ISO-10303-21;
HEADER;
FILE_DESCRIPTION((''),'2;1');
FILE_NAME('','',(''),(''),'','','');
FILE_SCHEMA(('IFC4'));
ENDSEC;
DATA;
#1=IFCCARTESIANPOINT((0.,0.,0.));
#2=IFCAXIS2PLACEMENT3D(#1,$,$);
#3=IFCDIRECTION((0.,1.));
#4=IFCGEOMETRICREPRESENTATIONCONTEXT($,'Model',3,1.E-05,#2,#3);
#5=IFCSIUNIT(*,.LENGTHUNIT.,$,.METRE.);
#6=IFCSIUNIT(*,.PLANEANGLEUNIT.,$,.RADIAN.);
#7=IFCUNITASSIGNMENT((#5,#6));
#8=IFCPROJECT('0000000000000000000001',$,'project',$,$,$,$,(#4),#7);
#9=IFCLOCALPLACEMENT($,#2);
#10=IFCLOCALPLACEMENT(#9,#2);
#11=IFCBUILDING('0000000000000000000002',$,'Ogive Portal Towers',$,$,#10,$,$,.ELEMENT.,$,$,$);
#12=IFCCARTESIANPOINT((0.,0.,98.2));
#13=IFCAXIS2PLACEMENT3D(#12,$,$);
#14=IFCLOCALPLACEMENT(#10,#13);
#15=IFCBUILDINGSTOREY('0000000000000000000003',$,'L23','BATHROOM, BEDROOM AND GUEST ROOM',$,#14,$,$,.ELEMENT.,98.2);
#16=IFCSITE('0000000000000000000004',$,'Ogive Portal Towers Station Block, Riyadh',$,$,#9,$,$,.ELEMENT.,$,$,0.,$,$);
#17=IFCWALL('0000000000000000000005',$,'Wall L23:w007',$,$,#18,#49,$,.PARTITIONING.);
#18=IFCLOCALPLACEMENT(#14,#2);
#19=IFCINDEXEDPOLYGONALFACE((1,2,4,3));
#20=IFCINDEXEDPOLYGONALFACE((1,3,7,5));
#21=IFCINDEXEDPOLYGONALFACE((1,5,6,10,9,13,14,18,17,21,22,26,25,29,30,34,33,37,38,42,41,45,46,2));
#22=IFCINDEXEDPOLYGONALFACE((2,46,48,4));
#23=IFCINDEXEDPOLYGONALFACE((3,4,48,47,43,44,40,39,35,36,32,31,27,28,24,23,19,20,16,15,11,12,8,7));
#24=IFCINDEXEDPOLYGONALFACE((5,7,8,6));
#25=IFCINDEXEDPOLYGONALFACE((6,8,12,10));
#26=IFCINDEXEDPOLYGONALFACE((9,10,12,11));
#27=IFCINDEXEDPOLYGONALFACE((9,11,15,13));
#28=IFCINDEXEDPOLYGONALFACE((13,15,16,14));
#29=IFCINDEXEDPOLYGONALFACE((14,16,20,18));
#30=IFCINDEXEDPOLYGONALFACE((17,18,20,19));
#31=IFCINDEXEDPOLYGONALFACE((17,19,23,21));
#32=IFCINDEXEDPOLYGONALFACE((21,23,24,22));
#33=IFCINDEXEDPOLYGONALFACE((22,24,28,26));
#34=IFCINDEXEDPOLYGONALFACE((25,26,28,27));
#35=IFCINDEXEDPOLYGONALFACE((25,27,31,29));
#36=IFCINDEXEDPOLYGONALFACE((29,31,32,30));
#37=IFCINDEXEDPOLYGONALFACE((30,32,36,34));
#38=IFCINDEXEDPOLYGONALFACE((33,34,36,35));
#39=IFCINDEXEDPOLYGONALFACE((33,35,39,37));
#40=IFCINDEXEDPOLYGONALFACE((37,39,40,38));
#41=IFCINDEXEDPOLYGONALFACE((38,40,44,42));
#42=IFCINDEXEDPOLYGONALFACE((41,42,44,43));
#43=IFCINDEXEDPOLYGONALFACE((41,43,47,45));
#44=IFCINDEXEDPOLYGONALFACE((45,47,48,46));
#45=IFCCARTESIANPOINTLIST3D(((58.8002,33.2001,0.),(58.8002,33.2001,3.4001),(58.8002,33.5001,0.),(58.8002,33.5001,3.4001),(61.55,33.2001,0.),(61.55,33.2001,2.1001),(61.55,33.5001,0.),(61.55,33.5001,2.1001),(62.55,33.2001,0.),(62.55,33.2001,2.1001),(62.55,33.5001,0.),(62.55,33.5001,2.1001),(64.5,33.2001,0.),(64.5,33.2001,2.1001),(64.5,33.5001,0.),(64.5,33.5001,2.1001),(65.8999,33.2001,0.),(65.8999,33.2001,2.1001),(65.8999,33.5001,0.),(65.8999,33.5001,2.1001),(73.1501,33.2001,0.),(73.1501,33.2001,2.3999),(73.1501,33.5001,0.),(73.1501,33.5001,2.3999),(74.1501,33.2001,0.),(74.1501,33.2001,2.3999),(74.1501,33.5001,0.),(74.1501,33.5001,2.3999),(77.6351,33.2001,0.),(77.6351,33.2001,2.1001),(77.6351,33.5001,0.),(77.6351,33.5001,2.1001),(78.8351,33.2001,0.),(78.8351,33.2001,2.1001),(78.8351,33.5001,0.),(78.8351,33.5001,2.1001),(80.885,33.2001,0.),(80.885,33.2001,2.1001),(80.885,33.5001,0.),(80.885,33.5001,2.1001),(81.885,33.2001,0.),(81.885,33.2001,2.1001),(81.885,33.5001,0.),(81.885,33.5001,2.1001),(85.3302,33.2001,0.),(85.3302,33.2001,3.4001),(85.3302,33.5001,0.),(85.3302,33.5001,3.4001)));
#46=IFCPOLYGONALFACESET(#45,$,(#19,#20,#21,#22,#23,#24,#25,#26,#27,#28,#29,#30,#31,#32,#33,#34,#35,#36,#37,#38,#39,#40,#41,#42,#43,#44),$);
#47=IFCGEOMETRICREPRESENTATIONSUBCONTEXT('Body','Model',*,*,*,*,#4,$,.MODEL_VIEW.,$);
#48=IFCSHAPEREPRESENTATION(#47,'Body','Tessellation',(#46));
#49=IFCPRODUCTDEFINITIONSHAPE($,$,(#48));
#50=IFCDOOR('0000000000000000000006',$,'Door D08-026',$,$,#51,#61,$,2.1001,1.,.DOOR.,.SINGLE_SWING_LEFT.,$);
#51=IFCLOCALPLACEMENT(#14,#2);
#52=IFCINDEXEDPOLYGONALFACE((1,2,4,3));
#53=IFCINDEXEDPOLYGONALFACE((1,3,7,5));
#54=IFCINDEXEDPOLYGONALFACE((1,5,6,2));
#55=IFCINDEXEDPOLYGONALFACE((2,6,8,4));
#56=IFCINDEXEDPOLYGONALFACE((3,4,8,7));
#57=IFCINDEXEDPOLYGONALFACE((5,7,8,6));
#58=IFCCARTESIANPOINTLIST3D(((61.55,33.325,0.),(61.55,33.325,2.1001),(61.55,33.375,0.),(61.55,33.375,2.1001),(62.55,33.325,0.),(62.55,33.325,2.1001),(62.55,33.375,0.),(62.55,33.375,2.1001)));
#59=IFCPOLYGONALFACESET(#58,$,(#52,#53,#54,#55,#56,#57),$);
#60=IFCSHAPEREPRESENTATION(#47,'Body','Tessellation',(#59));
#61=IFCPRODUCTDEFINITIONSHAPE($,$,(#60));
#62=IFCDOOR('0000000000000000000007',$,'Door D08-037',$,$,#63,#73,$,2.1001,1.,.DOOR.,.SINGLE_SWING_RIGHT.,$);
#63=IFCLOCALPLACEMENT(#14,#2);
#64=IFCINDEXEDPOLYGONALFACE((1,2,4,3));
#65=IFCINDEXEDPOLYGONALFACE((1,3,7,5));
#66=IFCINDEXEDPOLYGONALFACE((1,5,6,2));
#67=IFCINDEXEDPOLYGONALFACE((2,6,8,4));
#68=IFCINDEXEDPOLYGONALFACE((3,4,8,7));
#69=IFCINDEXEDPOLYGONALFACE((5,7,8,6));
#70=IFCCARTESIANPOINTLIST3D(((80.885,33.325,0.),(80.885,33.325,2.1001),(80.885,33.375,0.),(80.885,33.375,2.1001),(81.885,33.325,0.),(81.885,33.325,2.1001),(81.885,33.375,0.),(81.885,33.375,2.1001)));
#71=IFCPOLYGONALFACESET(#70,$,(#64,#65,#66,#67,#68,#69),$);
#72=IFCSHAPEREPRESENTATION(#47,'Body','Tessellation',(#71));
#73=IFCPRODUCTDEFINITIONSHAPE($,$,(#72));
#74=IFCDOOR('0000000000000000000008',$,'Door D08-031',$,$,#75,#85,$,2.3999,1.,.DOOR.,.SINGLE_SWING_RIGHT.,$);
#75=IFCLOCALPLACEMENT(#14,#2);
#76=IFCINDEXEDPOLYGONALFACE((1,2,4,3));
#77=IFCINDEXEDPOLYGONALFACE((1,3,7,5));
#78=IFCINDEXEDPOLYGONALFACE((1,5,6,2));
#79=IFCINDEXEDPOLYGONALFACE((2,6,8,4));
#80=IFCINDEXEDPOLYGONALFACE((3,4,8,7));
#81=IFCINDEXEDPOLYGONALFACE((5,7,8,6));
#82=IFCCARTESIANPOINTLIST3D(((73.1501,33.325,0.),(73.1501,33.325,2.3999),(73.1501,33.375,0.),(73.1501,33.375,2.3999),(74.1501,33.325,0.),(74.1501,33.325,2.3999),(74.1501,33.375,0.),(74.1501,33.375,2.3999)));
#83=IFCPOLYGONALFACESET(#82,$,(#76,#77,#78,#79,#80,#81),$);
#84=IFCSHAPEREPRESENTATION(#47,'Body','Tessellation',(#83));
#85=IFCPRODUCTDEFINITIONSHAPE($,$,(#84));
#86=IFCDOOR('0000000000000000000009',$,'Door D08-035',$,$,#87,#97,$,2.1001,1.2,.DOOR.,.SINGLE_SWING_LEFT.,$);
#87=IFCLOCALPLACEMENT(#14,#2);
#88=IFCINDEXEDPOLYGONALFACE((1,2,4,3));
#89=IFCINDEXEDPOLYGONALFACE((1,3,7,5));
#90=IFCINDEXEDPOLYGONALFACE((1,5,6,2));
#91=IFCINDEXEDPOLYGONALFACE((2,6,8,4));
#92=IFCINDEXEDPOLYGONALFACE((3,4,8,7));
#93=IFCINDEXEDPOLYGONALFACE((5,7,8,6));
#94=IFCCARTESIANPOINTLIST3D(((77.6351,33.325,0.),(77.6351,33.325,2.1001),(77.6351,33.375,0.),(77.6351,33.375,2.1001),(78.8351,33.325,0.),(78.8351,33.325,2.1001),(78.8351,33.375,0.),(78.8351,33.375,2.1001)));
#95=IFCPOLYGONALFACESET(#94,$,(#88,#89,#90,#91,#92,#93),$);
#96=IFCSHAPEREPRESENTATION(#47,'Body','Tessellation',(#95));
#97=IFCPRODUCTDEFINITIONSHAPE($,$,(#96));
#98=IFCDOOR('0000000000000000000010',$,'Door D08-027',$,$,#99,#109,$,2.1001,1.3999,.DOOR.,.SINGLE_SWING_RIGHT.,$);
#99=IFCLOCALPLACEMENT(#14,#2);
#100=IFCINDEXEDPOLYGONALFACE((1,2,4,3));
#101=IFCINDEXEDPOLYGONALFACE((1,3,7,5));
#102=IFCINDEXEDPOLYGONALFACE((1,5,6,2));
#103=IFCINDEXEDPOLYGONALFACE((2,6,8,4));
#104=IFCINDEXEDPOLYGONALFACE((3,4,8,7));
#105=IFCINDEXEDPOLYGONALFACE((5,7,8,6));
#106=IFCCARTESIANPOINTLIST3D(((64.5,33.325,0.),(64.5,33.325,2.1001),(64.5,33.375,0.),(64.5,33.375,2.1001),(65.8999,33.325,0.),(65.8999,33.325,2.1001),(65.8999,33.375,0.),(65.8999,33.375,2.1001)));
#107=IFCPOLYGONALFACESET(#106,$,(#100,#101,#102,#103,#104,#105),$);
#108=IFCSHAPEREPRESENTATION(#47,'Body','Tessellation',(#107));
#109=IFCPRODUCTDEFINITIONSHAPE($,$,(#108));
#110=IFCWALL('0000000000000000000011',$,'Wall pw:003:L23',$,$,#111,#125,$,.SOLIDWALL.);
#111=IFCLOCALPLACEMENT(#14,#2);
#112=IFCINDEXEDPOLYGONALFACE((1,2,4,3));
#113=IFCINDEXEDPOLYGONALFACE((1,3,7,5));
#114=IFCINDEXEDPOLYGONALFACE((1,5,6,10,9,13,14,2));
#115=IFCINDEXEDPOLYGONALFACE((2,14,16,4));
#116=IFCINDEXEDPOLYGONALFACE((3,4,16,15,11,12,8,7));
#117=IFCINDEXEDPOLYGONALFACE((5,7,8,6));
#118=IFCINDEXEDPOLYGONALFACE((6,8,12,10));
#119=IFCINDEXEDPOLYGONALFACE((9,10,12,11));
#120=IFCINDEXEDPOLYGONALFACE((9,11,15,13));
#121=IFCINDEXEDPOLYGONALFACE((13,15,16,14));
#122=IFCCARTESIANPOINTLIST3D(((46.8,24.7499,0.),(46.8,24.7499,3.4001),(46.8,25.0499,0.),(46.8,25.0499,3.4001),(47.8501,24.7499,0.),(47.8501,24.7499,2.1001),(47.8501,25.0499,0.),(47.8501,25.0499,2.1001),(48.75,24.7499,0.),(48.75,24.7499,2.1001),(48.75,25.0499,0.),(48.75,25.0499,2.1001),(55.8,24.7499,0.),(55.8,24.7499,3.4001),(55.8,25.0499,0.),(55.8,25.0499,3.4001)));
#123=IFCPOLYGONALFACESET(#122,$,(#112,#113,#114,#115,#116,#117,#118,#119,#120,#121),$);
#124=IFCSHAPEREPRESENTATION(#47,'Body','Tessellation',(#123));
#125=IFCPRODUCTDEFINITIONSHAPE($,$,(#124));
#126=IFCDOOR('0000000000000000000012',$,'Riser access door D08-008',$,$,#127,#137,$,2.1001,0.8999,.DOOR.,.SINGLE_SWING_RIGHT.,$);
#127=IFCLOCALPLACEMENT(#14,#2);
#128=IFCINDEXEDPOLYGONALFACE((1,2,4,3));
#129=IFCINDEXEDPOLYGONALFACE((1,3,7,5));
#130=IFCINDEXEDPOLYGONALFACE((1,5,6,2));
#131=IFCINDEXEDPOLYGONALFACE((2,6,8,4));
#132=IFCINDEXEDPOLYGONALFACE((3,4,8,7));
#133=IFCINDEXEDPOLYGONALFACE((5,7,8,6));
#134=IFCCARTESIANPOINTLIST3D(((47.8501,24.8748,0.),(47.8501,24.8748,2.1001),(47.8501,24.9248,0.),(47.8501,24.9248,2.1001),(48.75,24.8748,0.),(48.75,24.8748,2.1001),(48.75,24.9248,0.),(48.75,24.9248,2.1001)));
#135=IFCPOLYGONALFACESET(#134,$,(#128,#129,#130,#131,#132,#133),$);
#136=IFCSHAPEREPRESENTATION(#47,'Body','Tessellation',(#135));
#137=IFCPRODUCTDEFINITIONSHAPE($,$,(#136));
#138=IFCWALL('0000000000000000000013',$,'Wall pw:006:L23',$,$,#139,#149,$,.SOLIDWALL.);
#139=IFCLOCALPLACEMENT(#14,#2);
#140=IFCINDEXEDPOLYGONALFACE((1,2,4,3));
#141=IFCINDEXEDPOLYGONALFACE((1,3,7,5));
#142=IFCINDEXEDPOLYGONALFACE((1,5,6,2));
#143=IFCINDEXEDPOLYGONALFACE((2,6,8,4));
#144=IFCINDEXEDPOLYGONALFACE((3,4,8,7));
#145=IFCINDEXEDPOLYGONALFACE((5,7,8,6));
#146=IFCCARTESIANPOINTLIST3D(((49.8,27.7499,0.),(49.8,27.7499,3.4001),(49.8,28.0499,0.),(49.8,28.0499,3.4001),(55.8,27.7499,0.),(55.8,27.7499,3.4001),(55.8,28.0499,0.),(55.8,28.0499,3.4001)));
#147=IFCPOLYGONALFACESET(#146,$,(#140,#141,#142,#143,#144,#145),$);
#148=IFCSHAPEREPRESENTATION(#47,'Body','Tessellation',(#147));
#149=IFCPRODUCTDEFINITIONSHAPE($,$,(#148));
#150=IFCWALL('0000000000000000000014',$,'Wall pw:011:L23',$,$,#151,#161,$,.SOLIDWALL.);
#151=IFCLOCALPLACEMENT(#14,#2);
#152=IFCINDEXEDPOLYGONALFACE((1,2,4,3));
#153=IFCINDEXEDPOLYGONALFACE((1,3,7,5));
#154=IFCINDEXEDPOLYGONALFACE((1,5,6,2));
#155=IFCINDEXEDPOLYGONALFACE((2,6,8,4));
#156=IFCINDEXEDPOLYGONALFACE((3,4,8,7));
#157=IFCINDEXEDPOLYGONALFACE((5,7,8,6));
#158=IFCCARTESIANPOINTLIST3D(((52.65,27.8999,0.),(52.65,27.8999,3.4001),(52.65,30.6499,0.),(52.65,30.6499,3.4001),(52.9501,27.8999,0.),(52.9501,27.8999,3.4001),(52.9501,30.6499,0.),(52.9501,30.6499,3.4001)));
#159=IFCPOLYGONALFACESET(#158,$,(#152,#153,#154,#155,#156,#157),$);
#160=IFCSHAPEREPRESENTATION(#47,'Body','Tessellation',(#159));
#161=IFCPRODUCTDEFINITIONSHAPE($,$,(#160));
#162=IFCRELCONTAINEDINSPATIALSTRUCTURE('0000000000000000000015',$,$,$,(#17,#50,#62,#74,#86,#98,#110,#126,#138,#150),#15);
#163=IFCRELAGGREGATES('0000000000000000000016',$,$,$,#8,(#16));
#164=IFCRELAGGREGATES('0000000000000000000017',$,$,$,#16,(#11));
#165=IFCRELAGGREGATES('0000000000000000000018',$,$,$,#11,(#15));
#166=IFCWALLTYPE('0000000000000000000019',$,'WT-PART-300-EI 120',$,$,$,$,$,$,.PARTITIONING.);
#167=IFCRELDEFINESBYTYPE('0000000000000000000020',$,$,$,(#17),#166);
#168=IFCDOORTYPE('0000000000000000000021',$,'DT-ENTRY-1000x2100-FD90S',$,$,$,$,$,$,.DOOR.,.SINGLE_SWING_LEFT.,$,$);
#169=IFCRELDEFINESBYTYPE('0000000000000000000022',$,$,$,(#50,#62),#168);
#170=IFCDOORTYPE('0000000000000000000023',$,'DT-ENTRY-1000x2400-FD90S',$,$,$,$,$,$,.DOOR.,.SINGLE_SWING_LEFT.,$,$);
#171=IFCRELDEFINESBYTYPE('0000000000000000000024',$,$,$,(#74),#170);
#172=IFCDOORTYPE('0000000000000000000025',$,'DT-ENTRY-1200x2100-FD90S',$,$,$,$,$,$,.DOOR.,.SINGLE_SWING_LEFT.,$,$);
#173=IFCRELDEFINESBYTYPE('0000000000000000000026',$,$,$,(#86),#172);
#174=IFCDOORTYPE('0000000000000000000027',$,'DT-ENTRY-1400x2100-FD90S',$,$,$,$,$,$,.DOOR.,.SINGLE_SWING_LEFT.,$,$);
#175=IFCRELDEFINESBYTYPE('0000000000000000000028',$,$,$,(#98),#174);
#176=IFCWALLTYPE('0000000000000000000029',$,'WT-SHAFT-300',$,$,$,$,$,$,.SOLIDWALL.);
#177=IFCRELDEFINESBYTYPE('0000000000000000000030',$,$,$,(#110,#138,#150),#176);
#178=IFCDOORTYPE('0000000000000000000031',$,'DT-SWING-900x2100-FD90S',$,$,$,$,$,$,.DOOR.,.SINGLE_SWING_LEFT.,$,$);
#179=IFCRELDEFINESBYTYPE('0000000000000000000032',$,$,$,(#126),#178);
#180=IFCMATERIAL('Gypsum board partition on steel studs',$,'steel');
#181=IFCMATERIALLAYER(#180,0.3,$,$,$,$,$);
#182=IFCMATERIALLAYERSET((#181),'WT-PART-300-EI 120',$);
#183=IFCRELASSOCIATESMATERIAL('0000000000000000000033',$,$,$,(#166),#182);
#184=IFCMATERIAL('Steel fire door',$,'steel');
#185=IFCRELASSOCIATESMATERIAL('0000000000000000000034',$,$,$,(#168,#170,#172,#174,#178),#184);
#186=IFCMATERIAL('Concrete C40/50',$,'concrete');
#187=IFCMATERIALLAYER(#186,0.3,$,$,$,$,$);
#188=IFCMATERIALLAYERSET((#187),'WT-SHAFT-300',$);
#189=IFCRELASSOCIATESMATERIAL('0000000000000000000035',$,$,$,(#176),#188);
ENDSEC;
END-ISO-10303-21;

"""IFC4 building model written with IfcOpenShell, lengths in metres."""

from ifc_helpers import new_model, si_unit, direction, frame, frame_2d, origin, place, context, subcontext, project, spatial, rectangle, extrude, material, layer, layer_set, type_object, element, fill, save


model = new_model("IFC4")

# Units and contexts
model_context = context("Model", 3, precision=1e-05, world=origin(), true_north=direction((0.0, 1.0)))
body_context = subcontext(model_context, "Body", "Model", "MODEL_VIEW")
ifc_project = project(units=[si_unit("LENGTHUNIT", "METRE"), si_unit("PLANEANGLEUNIT", "RADIAN")], contexts=[model_context])

# Site, building, storey
site_placement = place(None, origin())
site = spatial("IfcSite", under=ifc_project, at=site_placement, Name="Ogive Portal Towers Station Block, Riyadh", CompositionType="ELEMENT", RefElevation=0.0)
building_placement = place(site_placement, origin())
building = spatial("IfcBuilding", under=site, at=building_placement, Name="Ogive Portal Towers", CompositionType="ELEMENT")
storey_placement = place(building_placement, frame((0.0, 0.0, 98.2)))
storey = spatial("IfcBuildingStorey", under=building, at=storey_placement, Name="L23", Description="BATHROOM, BEDROOM AND GUEST ROOM", CompositionType="ELEMENT", Elevation=98.2)

# Shared definitions
ifc_material_1 = material(Name="Gypsum board partition on steel studs", Category="steel")
ifc_material_2 = material(Name="Steel fire door", Category="steel")

# Wall, openings, doors
ifc_layer_1 = layer(ifc_material_1, 0.3)
ifc_layer_set_1 = layer_set([ifc_layer_1], Name="WT-PART-300-EI 120")
wall_type_1 = type_object("IfcWallType", Name="WT-PART-300-EI 120", PredefinedType="PARTITIONING", material=ifc_layer_set_1)
door_type_1 = type_object("IfcDoorType", Name="DT-ENTRY-1000x2100-FD90S", OperationType="SINGLE_SWING_LEFT", PredefinedType="DOOR", material=ifc_material_2)
door_type_2 = type_object("IfcDoorType", Name="DT-ENTRY-1000x2400-FD90S", OperationType="SINGLE_SWING_LEFT", PredefinedType="DOOR", material=ifc_material_2)
door_type_3 = type_object("IfcDoorType", Name="DT-ENTRY-1200x2100-FD90S", OperationType="SINGLE_SWING_LEFT", PredefinedType="DOOR", material=ifc_material_2)
wall_1_placement = place(storey_placement, frame((58.8, 33.3501, 0.0), z_axis=(0.0, 0.0, 1.0), x_axis=(1.0, 0.0, 0.0)))
wall_1 = element("IfcWall", 1, at=wall_1_placement, inside=storey, type_object=wall_type_1, Name="Wall L23:w007", PredefinedType="PARTITIONING", context=body_context, shape_type="SweptSolid", body=[
    extrude(rectangle(XDim=26.53, YDim=0.3, at=frame_2d((13.2651, 0.0))), origin(), (0.0, 0.0, 1.0), 3.4001),
])
opening_1_placement = place(wall_1_placement, frame((2.75, 0.0, 0.0)))
opening_1 = element("IfcOpeningElement", 2, at=opening_1_placement, cuts=wall_1, PredefinedType="OPENING", context=body_context, shape_type="SweptSolid", body=[
    extrude(rectangle(XDim=1.0, YDim=2.1001, at=frame_2d((0.5, 1.05))), frame((0.0, 0.1602, 0.0), z_axis=(0.0, -1.0, 0.0), x_axis=(1.0, 0.0, 0.0)), (0.0, 0.0, 1.0), 0.3201),
])
opening_2_placement = place(wall_1_placement, frame((5.7, 0.0, 0.0)))
opening_2 = element("IfcOpeningElement", 3, at=opening_2_placement, cuts=wall_1, PredefinedType="OPENING", context=body_context, shape_type="SweptSolid", body=[
    extrude(rectangle(XDim=1.3999, YDim=2.1001, at=frame_2d((0.7, 1.05))), frame((0.0, 0.1602, 0.0), z_axis=(0.0, -1.0, 0.0), x_axis=(1.0, 0.0, 0.0)), (0.0, 0.0, 1.0), 0.3201),
])
opening_3_placement = place(wall_1_placement, frame((14.3501, 0.0, 0.0)))
opening_3 = element("IfcOpeningElement", 4, at=opening_3_placement, cuts=wall_1, PredefinedType="OPENING", context=body_context, shape_type="SweptSolid", body=[
    extrude(rectangle(XDim=1.0, YDim=2.3999, at=frame_2d((0.5, 1.2))), frame((0.0, 0.1602, 0.0), z_axis=(0.0, -1.0, 0.0), x_axis=(1.0, 0.0, 0.0)), (0.0, 0.0, 1.0), 0.3201),
])
opening_4_placement = place(wall_1_placement, frame((18.835, 0.0, 0.0)))
opening_4 = element("IfcOpeningElement", 5, at=opening_4_placement, cuts=wall_1, PredefinedType="OPENING", context=body_context, shape_type="SweptSolid", body=[
    extrude(rectangle(XDim=1.2, YDim=2.1001, at=frame_2d((0.6001, 1.05))), frame((0.0, 0.1602, 0.0), z_axis=(0.0, -1.0, 0.0), x_axis=(1.0, 0.0, 0.0)), (0.0, 0.0, 1.0), 0.3201),
])
opening_5_placement = place(wall_1_placement, frame((22.085, 0.0, 0.0)))
opening_5 = element("IfcOpeningElement", 6, at=opening_5_placement, cuts=wall_1, PredefinedType="OPENING", context=body_context, shape_type="SweptSolid", body=[
    extrude(rectangle(XDim=1.0, YDim=2.1001, at=frame_2d((0.5, 1.05))), frame((0.0, 0.1602, 0.0), z_axis=(0.0, -1.0, 0.0), x_axis=(1.0, 0.0, 0.0)), (0.0, 0.0, 1.0), 0.3201),
])
door_1_placement = place(opening_1_placement, origin())
door_1 = element("IfcDoor", 7, at=door_1_placement, inside=storey, type_object=door_type_1, Name="Door D08-026", OperationType="SINGLE_SWING_LEFT", OverallHeight=2.1001, OverallWidth=1.0, PredefinedType="DOOR", context=body_context, shape_type="SweptSolid", body=[
    extrude(rectangle(XDim=1.0, YDim=2.1001, at=frame_2d((0.5, 1.05))), frame((0.0, 0.0249, 0.0), z_axis=(0.0, -1.0, 0.0), x_axis=(1.0, 0.0, 0.0)), (0.0, 0.0, 1.0), 0.05),
])
fill(opening_1, door_1)
door_2_placement = place(opening_5_placement, origin())
door_2 = element("IfcDoor", 8, at=door_2_placement, inside=storey, type_object=door_type_1, Name="Door D08-037", OperationType="SINGLE_SWING_RIGHT", OverallHeight=2.1001, OverallWidth=1.0, PredefinedType="DOOR", context=body_context, shape_type="SweptSolid", body=[
    extrude(rectangle(XDim=1.0, YDim=2.1001, at=frame_2d((0.5, 1.05))), frame((0.0, 0.0249, 0.0), z_axis=(0.0, -1.0, 0.0), x_axis=(1.0, 0.0, 0.0)), (0.0, 0.0, 1.0), 0.05),
])
fill(opening_5, door_2)
door_3_placement = place(opening_3_placement, origin())
door_3 = element("IfcDoor", 9, at=door_3_placement, inside=storey, type_object=door_type_2, Name="Door D08-031", OperationType="SINGLE_SWING_RIGHT", OverallHeight=2.3999, OverallWidth=1.0, PredefinedType="DOOR", context=body_context, shape_type="SweptSolid", body=[
    extrude(rectangle(XDim=1.0, YDim=2.3999, at=frame_2d((0.5, 1.2))), frame((0.0, 0.0249, 0.0), z_axis=(0.0, -1.0, 0.0), x_axis=(1.0, 0.0, 0.0)), (0.0, 0.0, 1.0), 0.05),
])
fill(opening_3, door_3)
door_4_placement = place(opening_4_placement, origin())
door_4 = element("IfcDoor", 10, at=door_4_placement, inside=storey, type_object=door_type_3, Name="Door D08-035", OperationType="SINGLE_SWING_LEFT", OverallHeight=2.1001, OverallWidth=1.2, PredefinedType="DOOR", context=body_context, shape_type="SweptSolid", body=[
    extrude(rectangle(XDim=1.2, YDim=2.1001, at=frame_2d((0.6001, 1.05))), frame((0.0, 0.0249, 0.0), z_axis=(0.0, -1.0, 0.0), x_axis=(1.0, 0.0, 0.0)), (0.0, 0.0, 1.0), 0.05),
])
fill(opening_4, door_4)
door_type_4 = type_object("IfcDoorType", Name="DT-ENTRY-1400x2100-FD90S", OperationType="SINGLE_SWING_LEFT", PredefinedType="DOOR", material=ifc_material_2)
door_5_placement = place(opening_2_placement, origin())
door_5 = element("IfcDoor", 11, at=door_5_placement, inside=storey, type_object=door_type_4, Name="Door D08-027", OperationType="SINGLE_SWING_RIGHT", OverallHeight=2.1001, OverallWidth=1.3999, PredefinedType="DOOR", context=body_context, shape_type="SweptSolid", body=[
    extrude(rectangle(XDim=1.3999, YDim=2.1001, at=frame_2d((0.7, 1.05))), frame((0.0, 0.0249, 0.0), z_axis=(0.0, -1.0, 0.0), x_axis=(1.0, 0.0, 0.0)), (0.0, 0.0, 1.0), 0.05),
])
fill(opening_2, door_5)

# Wall, opening, door
ifc_material_3 = material(Name="Concrete C40/50", Category="concrete")
ifc_layer_2 = layer(ifc_material_3, 0.3)
ifc_layer_set_2 = layer_set([ifc_layer_2], Name="WT-SHAFT-300")
wall_type_2 = type_object("IfcWallType", Name="WT-SHAFT-300", PredefinedType="SOLIDWALL", material=ifc_layer_set_2)
wall_2_placement = place(storey_placement, frame((46.8, 24.8999, 0.0), z_axis=(0.0, 0.0, 1.0), x_axis=(1.0, 0.0, 0.0)))
wall_2 = element("IfcWall", 12, at=wall_2_placement, inside=storey, type_object=wall_type_2, Name="Wall pw:003:L23", PredefinedType="SOLIDWALL", context=body_context, shape_type="SweptSolid", body=[
    extrude(rectangle(XDim=9.0, YDim=0.3, at=frame_2d((4.5, 0.0))), origin(), (0.0, 0.0, 1.0), 3.4001),
])
opening_6_placement = place(wall_2_placement, frame((1.05, 0.0, 0.0)))
opening_6 = element("IfcOpeningElement", 13, at=opening_6_placement, cuts=wall_2, PredefinedType="OPENING", context=body_context, shape_type="SweptSolid", body=[
    extrude(rectangle(XDim=0.8999, YDim=2.1001, at=frame_2d((0.45, 1.05))), frame((0.0, 0.1602, 0.0), z_axis=(0.0, -1.0, 0.0), x_axis=(1.0, 0.0, 0.0)), (0.0, 0.0, 1.0), 0.3201),
])
door_type_5 = type_object("IfcDoorType", Name="DT-SWING-900x2100-FD90S", OperationType="SINGLE_SWING_LEFT", PredefinedType="DOOR", material=ifc_material_2)
door_6_placement = place(opening_6_placement, origin())
door_6 = element("IfcDoor", 14, at=door_6_placement, inside=storey, type_object=door_type_5, Name="Riser access door D08-008", OperationType="SINGLE_SWING_RIGHT", OverallHeight=2.1001, OverallWidth=0.8999, PredefinedType="DOOR", context=body_context, shape_type="SweptSolid", body=[
    extrude(rectangle(XDim=0.8999, YDim=2.1001, at=frame_2d((0.45, 1.05))), frame((0.0, 0.0249, 0.0), z_axis=(0.0, -1.0, 0.0), x_axis=(1.0, 0.0, 0.0)), (0.0, 0.0, 1.0), 0.05),
])
fill(opening_6, door_6)

# Walls
wall_3_placement = place(storey_placement, frame((49.8, 27.8999, 0.0), z_axis=(0.0, 0.0, 1.0), x_axis=(1.0, 0.0, 0.0)))
element("IfcWall", 15, at=wall_3_placement, inside=storey, type_object=wall_type_2, Name="Wall pw:006:L23", PredefinedType="SOLIDWALL", context=body_context, shape_type="SweptSolid", body=[
    extrude(rectangle(XDim=6.0, YDim=0.3, at=frame_2d((3.0, 0.0))), origin(), (0.0, 0.0, 1.0), 3.4001),
])
wall_4_placement = place(storey_placement, frame((52.8, 27.8999, 0.0), z_axis=(0.0, 0.0, 1.0), x_axis=(0.0, 1.0, 0.0)))
element("IfcWall", 16, at=wall_4_placement, inside=storey, type_object=wall_type_2, Name="Wall pw:011:L23", PredefinedType="SOLIDWALL", context=body_context, shape_type="SweptSolid", body=[
    extrude(rectangle(XDim=2.75, YDim=0.3, at=frame_2d((1.375, 0.0))), origin(), (0.0, 0.0, 1.0), 3.4001),
])

save(model, "model.ifc")
